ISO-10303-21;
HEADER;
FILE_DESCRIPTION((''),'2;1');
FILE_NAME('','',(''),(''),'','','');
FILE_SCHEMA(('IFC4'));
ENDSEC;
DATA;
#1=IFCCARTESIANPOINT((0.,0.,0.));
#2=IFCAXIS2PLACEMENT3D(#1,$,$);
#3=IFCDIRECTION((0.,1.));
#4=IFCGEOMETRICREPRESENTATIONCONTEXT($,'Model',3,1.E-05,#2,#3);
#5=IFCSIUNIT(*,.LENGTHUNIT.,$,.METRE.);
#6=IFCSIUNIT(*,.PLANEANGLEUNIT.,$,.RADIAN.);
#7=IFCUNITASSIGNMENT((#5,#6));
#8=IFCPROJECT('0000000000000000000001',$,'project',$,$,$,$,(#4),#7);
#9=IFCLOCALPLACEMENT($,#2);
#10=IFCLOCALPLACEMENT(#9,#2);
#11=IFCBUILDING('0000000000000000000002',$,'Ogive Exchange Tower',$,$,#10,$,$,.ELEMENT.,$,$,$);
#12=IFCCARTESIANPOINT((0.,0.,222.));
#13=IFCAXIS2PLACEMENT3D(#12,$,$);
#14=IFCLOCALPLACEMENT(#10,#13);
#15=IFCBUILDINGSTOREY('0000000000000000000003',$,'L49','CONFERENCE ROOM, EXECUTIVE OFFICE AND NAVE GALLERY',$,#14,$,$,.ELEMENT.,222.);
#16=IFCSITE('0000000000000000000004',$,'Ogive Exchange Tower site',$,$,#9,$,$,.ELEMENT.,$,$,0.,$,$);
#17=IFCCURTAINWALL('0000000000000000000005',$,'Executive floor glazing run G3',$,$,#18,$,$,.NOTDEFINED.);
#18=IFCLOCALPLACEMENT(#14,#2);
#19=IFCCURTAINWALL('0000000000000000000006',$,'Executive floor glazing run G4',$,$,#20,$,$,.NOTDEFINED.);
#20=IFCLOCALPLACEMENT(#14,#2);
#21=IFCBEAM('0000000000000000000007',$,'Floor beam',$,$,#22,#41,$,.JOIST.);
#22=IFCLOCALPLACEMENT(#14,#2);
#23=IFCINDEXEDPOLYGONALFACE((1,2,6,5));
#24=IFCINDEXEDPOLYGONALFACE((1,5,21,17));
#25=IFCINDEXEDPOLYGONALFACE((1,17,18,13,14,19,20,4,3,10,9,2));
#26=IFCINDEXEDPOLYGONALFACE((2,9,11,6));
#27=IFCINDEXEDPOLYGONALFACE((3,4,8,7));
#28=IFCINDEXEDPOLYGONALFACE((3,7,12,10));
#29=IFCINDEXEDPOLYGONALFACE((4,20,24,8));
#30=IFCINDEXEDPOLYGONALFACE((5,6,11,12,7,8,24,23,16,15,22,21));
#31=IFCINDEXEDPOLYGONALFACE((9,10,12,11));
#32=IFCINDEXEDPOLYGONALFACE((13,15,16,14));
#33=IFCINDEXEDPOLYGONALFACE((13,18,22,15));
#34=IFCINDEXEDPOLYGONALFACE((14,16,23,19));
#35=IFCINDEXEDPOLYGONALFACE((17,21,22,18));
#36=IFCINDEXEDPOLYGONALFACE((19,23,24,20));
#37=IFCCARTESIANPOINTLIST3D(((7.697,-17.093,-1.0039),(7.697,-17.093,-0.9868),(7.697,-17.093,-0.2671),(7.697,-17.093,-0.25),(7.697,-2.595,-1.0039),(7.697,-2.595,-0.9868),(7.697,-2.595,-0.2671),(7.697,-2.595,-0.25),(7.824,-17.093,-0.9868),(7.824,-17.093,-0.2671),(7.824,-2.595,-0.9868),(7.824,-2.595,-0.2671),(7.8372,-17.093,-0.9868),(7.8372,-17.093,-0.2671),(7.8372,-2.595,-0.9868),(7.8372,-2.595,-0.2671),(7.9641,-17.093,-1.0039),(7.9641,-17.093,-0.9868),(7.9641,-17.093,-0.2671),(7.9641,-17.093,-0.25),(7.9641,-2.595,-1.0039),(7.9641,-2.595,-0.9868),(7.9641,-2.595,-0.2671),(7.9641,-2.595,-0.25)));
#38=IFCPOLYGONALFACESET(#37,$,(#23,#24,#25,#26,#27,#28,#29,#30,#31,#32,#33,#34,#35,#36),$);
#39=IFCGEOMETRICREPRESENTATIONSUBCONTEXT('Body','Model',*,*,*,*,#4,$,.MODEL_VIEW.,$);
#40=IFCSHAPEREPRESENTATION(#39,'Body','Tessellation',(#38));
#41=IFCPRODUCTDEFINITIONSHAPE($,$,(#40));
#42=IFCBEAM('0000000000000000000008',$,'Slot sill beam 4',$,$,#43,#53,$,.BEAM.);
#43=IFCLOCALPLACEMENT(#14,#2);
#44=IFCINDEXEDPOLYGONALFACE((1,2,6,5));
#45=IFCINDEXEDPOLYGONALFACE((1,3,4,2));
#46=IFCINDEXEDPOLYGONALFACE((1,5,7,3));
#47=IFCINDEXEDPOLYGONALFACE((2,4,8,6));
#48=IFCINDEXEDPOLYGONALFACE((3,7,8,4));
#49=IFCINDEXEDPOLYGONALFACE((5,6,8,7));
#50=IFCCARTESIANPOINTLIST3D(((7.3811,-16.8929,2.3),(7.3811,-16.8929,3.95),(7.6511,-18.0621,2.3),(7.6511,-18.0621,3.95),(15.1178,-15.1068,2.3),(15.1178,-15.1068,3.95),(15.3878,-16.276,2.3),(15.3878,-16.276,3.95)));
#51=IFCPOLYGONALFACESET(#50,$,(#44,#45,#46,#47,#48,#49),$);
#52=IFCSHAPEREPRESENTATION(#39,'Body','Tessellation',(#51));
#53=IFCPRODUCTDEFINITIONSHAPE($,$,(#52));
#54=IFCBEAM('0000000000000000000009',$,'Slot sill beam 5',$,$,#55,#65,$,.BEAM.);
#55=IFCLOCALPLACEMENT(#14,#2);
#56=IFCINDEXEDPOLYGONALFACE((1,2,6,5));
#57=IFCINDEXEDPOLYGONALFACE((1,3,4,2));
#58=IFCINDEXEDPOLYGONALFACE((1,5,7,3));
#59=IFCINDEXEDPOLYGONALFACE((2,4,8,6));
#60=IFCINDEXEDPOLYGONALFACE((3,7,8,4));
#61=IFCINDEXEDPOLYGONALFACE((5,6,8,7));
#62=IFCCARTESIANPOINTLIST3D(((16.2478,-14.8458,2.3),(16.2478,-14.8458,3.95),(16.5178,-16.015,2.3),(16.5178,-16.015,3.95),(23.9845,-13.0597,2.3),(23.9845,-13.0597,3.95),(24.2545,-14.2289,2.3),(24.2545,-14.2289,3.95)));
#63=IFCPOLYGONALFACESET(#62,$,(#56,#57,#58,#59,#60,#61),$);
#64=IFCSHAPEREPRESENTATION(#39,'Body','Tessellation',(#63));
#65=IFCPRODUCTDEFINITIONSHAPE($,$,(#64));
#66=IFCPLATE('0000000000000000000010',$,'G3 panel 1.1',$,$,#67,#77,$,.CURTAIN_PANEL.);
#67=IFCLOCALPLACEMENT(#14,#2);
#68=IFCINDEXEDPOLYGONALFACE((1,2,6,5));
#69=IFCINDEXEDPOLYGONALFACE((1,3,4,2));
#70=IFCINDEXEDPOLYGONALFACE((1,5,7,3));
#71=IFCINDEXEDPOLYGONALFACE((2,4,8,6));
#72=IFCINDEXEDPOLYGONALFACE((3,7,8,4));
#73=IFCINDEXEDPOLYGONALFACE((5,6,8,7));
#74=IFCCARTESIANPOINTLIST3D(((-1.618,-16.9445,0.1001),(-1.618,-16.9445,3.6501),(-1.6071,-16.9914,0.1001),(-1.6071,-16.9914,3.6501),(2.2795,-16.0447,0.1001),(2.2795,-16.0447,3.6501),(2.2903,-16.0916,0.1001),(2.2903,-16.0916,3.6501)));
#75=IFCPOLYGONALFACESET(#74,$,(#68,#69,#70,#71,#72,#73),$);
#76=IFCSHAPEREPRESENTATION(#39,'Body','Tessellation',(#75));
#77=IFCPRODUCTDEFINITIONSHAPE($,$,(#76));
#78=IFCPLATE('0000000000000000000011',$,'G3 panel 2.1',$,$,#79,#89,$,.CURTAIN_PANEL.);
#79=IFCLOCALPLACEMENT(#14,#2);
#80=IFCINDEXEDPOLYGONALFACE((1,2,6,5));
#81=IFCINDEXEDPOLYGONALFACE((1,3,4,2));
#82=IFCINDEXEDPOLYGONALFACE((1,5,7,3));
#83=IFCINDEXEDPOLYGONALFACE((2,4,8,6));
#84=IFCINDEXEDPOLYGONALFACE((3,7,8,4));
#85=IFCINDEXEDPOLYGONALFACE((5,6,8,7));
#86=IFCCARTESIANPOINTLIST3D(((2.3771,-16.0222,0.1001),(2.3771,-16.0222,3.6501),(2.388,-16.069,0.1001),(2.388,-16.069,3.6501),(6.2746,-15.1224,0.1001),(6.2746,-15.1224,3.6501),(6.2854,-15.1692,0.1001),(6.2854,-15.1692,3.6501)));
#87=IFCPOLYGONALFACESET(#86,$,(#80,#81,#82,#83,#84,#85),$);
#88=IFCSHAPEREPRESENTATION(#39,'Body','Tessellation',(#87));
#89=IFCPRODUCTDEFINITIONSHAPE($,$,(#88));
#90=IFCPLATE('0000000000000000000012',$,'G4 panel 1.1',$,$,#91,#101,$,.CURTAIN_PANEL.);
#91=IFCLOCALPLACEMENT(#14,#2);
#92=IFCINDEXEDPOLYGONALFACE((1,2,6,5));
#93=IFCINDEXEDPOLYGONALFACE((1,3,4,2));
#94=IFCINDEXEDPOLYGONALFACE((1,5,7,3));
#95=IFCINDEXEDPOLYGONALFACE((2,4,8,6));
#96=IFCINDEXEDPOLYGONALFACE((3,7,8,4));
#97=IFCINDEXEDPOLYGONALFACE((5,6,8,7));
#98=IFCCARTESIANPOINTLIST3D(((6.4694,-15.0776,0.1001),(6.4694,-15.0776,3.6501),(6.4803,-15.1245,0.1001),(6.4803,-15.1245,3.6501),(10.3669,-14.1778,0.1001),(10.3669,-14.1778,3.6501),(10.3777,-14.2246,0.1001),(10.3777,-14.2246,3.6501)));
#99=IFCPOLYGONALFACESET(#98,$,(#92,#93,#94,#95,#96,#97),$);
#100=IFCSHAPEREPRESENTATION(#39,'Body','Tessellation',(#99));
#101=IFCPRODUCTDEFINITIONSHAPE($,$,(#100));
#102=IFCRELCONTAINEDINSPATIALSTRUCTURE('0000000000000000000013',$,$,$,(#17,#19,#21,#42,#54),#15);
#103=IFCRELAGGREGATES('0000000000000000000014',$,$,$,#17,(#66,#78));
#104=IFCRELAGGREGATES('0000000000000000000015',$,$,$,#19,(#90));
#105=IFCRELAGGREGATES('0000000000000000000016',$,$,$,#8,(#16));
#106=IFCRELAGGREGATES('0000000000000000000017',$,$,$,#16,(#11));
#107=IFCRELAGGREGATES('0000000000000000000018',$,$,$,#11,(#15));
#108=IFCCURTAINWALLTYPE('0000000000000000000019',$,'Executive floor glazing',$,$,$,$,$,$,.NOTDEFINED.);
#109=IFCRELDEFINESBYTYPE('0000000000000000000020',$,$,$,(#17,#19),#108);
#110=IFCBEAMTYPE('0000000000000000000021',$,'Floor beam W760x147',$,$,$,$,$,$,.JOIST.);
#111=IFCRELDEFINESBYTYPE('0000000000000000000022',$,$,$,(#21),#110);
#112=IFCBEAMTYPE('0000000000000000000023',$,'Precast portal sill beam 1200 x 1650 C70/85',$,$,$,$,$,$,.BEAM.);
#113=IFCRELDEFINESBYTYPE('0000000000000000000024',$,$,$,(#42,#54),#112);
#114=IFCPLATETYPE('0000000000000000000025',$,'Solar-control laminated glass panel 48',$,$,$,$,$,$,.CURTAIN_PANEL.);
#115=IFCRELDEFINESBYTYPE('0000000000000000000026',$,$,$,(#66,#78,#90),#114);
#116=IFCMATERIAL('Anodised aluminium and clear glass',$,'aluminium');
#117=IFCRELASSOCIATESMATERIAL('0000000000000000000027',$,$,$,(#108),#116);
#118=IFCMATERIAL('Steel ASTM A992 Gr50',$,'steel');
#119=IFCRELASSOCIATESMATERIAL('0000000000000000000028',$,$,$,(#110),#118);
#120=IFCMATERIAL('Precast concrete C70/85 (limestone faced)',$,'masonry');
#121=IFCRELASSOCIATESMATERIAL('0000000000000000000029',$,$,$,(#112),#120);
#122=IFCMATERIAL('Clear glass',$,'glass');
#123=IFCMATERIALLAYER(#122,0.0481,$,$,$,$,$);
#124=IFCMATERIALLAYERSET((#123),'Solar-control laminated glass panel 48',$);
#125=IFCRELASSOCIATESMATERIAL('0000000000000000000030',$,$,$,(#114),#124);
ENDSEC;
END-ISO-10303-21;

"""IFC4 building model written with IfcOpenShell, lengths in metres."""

from ifc_helpers import new_model, si_unit, direction, frame, origin, origin_2d, place, context, subcontext, project, spatial, rectangle, i_section, extrude, material, layer, layer_set, material_profile, profile_set, type_object, element, aggregate, save


model = new_model("IFC4")

# Units and contexts
model_context = context("Model", 3, precision=1e-05, world=origin(), true_north=direction((0.0, 1.0)))
body_context = subcontext(model_context, "Body", "Model", "MODEL_VIEW")
ifc_project = project(units=[si_unit("LENGTHUNIT", "METRE"), si_unit("PLANEANGLEUNIT", "RADIAN")], contexts=[model_context])

# Site, building, storey
site_placement = place(None, origin())
site = spatial("IfcSite", under=ifc_project, at=site_placement, Name="Ogive Exchange Tower site", CompositionType="ELEMENT", RefElevation=0.0)
building_placement = place(site_placement, origin())
building = spatial("IfcBuilding", under=site, at=building_placement, Name="Ogive Exchange Tower", CompositionType="ELEMENT")
storey_placement = place(building_placement, frame((0.0, 0.0, 222.0)))
storey = spatial("IfcBuildingStorey", under=building, at=storey_placement, Name="L49", Description="CONFERENCE ROOM, EXECUTIVE OFFICE AND NAVE GALLERY", CompositionType="ELEMENT", Elevation=222.0)

# Shared definitions
ifc_material_1 = material(Name="Precast concrete C70/85 (limestone faced)", Category="masonry")

# Curtain walls
ifc_material_2 = material(Name="Anodised aluminium and clear glass", Category="aluminium")
curtain_wall_type = type_object("IfcCurtainWallType", Name="Executive floor glazing", PredefinedType="NOTDEFINED", material=ifc_material_2)
curtain_wall_1_placement = place(storey_placement, origin())
curtain_wall_1 = element("IfcCurtainWall", 1, at=curtain_wall_1_placement, inside=storey, type_object=curtain_wall_type, Name="Executive floor glazing run G3", PredefinedType="NOTDEFINED")
curtain_wall_2_placement = place(storey_placement, origin())
curtain_wall_2 = element("IfcCurtainWall", 2, at=curtain_wall_2_placement, inside=storey, type_object=curtain_wall_type, Name="Executive floor glazing run G4", PredefinedType="NOTDEFINED")

# Beams
ifc_material_3 = material(Name="Steel ASTM A992 Gr50", Category="steel")
ifc_material_profile_1 = material_profile(ifc_material_3, i_section(OverallWidth=0.2671, OverallDepth=0.7539, WebThickness=0.0132, FlangeThickness=0.0171, at=origin_2d()), Name="W760x147")
ifc_profile_set_1 = profile_set([ifc_material_profile_1], Name="Steel ASTM A992 Gr50")
beam_type_1 = type_object("IfcBeamType", Name="Floor beam W760x147", PredefinedType="JOIST", material=ifc_profile_set_1)
beam_1_placement = place(storey_placement, frame((7.8306, -17.093, -0.627), z_axis=(0.0, 1.0, 0.0), x_axis=(-1.0, 0.0, 0.0)))
element("IfcBeam", 3, at=beam_1_placement, inside=storey, type_object=beam_type_1, Name="Floor beam", PredefinedType="JOIST", context=body_context, shape_type="SweptSolid", body=[
    extrude(i_section(OverallWidth=0.2671, OverallDepth=0.7539, WebThickness=0.0132, FlangeThickness=0.0171, at=origin_2d()), origin(), (0.0, 0.0, 1.0), 14.498),
])
ifc_material_profile_2 = material_profile(ifc_material_1, rectangle(XDim=1.2, YDim=1.6499, at=origin_2d()), Name="1200 x 1650")
ifc_profile_set_2 = profile_set([ifc_material_profile_2], Name="Precast concrete C70/85 (limestone faced)")
beam_type_2 = type_object("IfcBeamType", Name="Precast portal sill beam 1200 x 1650 C70/85", PredefinedType="BEAM", material=ifc_profile_set_2)
for number, where, z_axis, x_axis, name in (
    (4, (7.5161, -17.4775, 3.125), (0.97437, 0.224952, 0.0), (-0.224952, 0.97437, 0.0), "Slot sill beam 4"),
    (5, (16.3828, -15.4304, 3.125), (0.97437, 0.224952, 0.0), (-0.224952, 0.97437, 0.0), "Slot sill beam 5"),
):
    element("IfcBeam", number, at=place(storey_placement, frame(where, z_axis=z_axis, x_axis=x_axis)), inside=storey, type_object=beam_type_2, Name=name, PredefinedType="BEAM", context=body_context, shape_type="SweptSolid", body=[
        extrude(rectangle(XDim=1.2, YDim=1.6499, at=origin_2d()), origin(), (0.0, 0.0, 1.0), 7.9402),
    ])

# Plates
ifc_material_4 = material(Name="Clear glass", Category="glass")
ifc_layer = layer(ifc_material_4, 0.0481)
ifc_layer_set = layer_set([ifc_layer], Name="Solar-control laminated glass panel 48")
plate_type = type_object("IfcPlateType", Name="Solar-control laminated glass panel 48", PredefinedType="CURTAIN_PANEL", material=ifc_layer_set)
plate_1_placement = place(storey_placement, frame((0.3362, -16.5181, 0.1001), z_axis=(0.0, 0.0, 1.0), x_axis=(0.97437, 0.224951, 0.0)))
plate_1 = element("IfcPlate", 6, at=plate_1_placement, type_object=plate_type, Name="G3 panel 1.1", PredefinedType="CURTAIN_PANEL", context=body_context, shape_type="SweptSolid", body=[
    extrude(rectangle(XDim=4.0, YDim=0.0481, at=origin_2d()), origin(), (0.0, 0.0, 1.0), 3.55),
])
plate_2_placement = place(storey_placement, frame((4.3313, -15.5957, 0.1001), z_axis=(0.0, 0.0, 1.0), x_axis=(0.97437, 0.224951, 0.0)))
plate_2 = element("IfcPlate", 7, at=plate_2_placement, type_object=plate_type, Name="G3 panel 2.1", PredefinedType="CURTAIN_PANEL", context=body_context, shape_type="SweptSolid", body=[
    extrude(rectangle(XDim=4.0, YDim=0.0481, at=origin_2d()), origin(), (0.0, 0.0, 1.0), 3.55),
])
aggregate(curtain_wall_1, [plate_1, plate_2])
plate_3_placement = place(storey_placement, frame((8.4236, -14.6511, 0.1001), z_axis=(0.0, 0.0, 1.0), x_axis=(0.974369, 0.224954, 0.0)))
plate_3 = element("IfcPlate", 8, at=plate_3_placement, type_object=plate_type, Name="G4 panel 1.1", PredefinedType="CURTAIN_PANEL", context=body_context, shape_type="SweptSolid", body=[
    extrude(rectangle(XDim=4.0, YDim=0.0481, at=origin_2d()), origin(), (0.0, 0.0, 1.0), 3.55),
])
aggregate(curtain_wall_2, [plate_3])

save(model, "model.ifc")
